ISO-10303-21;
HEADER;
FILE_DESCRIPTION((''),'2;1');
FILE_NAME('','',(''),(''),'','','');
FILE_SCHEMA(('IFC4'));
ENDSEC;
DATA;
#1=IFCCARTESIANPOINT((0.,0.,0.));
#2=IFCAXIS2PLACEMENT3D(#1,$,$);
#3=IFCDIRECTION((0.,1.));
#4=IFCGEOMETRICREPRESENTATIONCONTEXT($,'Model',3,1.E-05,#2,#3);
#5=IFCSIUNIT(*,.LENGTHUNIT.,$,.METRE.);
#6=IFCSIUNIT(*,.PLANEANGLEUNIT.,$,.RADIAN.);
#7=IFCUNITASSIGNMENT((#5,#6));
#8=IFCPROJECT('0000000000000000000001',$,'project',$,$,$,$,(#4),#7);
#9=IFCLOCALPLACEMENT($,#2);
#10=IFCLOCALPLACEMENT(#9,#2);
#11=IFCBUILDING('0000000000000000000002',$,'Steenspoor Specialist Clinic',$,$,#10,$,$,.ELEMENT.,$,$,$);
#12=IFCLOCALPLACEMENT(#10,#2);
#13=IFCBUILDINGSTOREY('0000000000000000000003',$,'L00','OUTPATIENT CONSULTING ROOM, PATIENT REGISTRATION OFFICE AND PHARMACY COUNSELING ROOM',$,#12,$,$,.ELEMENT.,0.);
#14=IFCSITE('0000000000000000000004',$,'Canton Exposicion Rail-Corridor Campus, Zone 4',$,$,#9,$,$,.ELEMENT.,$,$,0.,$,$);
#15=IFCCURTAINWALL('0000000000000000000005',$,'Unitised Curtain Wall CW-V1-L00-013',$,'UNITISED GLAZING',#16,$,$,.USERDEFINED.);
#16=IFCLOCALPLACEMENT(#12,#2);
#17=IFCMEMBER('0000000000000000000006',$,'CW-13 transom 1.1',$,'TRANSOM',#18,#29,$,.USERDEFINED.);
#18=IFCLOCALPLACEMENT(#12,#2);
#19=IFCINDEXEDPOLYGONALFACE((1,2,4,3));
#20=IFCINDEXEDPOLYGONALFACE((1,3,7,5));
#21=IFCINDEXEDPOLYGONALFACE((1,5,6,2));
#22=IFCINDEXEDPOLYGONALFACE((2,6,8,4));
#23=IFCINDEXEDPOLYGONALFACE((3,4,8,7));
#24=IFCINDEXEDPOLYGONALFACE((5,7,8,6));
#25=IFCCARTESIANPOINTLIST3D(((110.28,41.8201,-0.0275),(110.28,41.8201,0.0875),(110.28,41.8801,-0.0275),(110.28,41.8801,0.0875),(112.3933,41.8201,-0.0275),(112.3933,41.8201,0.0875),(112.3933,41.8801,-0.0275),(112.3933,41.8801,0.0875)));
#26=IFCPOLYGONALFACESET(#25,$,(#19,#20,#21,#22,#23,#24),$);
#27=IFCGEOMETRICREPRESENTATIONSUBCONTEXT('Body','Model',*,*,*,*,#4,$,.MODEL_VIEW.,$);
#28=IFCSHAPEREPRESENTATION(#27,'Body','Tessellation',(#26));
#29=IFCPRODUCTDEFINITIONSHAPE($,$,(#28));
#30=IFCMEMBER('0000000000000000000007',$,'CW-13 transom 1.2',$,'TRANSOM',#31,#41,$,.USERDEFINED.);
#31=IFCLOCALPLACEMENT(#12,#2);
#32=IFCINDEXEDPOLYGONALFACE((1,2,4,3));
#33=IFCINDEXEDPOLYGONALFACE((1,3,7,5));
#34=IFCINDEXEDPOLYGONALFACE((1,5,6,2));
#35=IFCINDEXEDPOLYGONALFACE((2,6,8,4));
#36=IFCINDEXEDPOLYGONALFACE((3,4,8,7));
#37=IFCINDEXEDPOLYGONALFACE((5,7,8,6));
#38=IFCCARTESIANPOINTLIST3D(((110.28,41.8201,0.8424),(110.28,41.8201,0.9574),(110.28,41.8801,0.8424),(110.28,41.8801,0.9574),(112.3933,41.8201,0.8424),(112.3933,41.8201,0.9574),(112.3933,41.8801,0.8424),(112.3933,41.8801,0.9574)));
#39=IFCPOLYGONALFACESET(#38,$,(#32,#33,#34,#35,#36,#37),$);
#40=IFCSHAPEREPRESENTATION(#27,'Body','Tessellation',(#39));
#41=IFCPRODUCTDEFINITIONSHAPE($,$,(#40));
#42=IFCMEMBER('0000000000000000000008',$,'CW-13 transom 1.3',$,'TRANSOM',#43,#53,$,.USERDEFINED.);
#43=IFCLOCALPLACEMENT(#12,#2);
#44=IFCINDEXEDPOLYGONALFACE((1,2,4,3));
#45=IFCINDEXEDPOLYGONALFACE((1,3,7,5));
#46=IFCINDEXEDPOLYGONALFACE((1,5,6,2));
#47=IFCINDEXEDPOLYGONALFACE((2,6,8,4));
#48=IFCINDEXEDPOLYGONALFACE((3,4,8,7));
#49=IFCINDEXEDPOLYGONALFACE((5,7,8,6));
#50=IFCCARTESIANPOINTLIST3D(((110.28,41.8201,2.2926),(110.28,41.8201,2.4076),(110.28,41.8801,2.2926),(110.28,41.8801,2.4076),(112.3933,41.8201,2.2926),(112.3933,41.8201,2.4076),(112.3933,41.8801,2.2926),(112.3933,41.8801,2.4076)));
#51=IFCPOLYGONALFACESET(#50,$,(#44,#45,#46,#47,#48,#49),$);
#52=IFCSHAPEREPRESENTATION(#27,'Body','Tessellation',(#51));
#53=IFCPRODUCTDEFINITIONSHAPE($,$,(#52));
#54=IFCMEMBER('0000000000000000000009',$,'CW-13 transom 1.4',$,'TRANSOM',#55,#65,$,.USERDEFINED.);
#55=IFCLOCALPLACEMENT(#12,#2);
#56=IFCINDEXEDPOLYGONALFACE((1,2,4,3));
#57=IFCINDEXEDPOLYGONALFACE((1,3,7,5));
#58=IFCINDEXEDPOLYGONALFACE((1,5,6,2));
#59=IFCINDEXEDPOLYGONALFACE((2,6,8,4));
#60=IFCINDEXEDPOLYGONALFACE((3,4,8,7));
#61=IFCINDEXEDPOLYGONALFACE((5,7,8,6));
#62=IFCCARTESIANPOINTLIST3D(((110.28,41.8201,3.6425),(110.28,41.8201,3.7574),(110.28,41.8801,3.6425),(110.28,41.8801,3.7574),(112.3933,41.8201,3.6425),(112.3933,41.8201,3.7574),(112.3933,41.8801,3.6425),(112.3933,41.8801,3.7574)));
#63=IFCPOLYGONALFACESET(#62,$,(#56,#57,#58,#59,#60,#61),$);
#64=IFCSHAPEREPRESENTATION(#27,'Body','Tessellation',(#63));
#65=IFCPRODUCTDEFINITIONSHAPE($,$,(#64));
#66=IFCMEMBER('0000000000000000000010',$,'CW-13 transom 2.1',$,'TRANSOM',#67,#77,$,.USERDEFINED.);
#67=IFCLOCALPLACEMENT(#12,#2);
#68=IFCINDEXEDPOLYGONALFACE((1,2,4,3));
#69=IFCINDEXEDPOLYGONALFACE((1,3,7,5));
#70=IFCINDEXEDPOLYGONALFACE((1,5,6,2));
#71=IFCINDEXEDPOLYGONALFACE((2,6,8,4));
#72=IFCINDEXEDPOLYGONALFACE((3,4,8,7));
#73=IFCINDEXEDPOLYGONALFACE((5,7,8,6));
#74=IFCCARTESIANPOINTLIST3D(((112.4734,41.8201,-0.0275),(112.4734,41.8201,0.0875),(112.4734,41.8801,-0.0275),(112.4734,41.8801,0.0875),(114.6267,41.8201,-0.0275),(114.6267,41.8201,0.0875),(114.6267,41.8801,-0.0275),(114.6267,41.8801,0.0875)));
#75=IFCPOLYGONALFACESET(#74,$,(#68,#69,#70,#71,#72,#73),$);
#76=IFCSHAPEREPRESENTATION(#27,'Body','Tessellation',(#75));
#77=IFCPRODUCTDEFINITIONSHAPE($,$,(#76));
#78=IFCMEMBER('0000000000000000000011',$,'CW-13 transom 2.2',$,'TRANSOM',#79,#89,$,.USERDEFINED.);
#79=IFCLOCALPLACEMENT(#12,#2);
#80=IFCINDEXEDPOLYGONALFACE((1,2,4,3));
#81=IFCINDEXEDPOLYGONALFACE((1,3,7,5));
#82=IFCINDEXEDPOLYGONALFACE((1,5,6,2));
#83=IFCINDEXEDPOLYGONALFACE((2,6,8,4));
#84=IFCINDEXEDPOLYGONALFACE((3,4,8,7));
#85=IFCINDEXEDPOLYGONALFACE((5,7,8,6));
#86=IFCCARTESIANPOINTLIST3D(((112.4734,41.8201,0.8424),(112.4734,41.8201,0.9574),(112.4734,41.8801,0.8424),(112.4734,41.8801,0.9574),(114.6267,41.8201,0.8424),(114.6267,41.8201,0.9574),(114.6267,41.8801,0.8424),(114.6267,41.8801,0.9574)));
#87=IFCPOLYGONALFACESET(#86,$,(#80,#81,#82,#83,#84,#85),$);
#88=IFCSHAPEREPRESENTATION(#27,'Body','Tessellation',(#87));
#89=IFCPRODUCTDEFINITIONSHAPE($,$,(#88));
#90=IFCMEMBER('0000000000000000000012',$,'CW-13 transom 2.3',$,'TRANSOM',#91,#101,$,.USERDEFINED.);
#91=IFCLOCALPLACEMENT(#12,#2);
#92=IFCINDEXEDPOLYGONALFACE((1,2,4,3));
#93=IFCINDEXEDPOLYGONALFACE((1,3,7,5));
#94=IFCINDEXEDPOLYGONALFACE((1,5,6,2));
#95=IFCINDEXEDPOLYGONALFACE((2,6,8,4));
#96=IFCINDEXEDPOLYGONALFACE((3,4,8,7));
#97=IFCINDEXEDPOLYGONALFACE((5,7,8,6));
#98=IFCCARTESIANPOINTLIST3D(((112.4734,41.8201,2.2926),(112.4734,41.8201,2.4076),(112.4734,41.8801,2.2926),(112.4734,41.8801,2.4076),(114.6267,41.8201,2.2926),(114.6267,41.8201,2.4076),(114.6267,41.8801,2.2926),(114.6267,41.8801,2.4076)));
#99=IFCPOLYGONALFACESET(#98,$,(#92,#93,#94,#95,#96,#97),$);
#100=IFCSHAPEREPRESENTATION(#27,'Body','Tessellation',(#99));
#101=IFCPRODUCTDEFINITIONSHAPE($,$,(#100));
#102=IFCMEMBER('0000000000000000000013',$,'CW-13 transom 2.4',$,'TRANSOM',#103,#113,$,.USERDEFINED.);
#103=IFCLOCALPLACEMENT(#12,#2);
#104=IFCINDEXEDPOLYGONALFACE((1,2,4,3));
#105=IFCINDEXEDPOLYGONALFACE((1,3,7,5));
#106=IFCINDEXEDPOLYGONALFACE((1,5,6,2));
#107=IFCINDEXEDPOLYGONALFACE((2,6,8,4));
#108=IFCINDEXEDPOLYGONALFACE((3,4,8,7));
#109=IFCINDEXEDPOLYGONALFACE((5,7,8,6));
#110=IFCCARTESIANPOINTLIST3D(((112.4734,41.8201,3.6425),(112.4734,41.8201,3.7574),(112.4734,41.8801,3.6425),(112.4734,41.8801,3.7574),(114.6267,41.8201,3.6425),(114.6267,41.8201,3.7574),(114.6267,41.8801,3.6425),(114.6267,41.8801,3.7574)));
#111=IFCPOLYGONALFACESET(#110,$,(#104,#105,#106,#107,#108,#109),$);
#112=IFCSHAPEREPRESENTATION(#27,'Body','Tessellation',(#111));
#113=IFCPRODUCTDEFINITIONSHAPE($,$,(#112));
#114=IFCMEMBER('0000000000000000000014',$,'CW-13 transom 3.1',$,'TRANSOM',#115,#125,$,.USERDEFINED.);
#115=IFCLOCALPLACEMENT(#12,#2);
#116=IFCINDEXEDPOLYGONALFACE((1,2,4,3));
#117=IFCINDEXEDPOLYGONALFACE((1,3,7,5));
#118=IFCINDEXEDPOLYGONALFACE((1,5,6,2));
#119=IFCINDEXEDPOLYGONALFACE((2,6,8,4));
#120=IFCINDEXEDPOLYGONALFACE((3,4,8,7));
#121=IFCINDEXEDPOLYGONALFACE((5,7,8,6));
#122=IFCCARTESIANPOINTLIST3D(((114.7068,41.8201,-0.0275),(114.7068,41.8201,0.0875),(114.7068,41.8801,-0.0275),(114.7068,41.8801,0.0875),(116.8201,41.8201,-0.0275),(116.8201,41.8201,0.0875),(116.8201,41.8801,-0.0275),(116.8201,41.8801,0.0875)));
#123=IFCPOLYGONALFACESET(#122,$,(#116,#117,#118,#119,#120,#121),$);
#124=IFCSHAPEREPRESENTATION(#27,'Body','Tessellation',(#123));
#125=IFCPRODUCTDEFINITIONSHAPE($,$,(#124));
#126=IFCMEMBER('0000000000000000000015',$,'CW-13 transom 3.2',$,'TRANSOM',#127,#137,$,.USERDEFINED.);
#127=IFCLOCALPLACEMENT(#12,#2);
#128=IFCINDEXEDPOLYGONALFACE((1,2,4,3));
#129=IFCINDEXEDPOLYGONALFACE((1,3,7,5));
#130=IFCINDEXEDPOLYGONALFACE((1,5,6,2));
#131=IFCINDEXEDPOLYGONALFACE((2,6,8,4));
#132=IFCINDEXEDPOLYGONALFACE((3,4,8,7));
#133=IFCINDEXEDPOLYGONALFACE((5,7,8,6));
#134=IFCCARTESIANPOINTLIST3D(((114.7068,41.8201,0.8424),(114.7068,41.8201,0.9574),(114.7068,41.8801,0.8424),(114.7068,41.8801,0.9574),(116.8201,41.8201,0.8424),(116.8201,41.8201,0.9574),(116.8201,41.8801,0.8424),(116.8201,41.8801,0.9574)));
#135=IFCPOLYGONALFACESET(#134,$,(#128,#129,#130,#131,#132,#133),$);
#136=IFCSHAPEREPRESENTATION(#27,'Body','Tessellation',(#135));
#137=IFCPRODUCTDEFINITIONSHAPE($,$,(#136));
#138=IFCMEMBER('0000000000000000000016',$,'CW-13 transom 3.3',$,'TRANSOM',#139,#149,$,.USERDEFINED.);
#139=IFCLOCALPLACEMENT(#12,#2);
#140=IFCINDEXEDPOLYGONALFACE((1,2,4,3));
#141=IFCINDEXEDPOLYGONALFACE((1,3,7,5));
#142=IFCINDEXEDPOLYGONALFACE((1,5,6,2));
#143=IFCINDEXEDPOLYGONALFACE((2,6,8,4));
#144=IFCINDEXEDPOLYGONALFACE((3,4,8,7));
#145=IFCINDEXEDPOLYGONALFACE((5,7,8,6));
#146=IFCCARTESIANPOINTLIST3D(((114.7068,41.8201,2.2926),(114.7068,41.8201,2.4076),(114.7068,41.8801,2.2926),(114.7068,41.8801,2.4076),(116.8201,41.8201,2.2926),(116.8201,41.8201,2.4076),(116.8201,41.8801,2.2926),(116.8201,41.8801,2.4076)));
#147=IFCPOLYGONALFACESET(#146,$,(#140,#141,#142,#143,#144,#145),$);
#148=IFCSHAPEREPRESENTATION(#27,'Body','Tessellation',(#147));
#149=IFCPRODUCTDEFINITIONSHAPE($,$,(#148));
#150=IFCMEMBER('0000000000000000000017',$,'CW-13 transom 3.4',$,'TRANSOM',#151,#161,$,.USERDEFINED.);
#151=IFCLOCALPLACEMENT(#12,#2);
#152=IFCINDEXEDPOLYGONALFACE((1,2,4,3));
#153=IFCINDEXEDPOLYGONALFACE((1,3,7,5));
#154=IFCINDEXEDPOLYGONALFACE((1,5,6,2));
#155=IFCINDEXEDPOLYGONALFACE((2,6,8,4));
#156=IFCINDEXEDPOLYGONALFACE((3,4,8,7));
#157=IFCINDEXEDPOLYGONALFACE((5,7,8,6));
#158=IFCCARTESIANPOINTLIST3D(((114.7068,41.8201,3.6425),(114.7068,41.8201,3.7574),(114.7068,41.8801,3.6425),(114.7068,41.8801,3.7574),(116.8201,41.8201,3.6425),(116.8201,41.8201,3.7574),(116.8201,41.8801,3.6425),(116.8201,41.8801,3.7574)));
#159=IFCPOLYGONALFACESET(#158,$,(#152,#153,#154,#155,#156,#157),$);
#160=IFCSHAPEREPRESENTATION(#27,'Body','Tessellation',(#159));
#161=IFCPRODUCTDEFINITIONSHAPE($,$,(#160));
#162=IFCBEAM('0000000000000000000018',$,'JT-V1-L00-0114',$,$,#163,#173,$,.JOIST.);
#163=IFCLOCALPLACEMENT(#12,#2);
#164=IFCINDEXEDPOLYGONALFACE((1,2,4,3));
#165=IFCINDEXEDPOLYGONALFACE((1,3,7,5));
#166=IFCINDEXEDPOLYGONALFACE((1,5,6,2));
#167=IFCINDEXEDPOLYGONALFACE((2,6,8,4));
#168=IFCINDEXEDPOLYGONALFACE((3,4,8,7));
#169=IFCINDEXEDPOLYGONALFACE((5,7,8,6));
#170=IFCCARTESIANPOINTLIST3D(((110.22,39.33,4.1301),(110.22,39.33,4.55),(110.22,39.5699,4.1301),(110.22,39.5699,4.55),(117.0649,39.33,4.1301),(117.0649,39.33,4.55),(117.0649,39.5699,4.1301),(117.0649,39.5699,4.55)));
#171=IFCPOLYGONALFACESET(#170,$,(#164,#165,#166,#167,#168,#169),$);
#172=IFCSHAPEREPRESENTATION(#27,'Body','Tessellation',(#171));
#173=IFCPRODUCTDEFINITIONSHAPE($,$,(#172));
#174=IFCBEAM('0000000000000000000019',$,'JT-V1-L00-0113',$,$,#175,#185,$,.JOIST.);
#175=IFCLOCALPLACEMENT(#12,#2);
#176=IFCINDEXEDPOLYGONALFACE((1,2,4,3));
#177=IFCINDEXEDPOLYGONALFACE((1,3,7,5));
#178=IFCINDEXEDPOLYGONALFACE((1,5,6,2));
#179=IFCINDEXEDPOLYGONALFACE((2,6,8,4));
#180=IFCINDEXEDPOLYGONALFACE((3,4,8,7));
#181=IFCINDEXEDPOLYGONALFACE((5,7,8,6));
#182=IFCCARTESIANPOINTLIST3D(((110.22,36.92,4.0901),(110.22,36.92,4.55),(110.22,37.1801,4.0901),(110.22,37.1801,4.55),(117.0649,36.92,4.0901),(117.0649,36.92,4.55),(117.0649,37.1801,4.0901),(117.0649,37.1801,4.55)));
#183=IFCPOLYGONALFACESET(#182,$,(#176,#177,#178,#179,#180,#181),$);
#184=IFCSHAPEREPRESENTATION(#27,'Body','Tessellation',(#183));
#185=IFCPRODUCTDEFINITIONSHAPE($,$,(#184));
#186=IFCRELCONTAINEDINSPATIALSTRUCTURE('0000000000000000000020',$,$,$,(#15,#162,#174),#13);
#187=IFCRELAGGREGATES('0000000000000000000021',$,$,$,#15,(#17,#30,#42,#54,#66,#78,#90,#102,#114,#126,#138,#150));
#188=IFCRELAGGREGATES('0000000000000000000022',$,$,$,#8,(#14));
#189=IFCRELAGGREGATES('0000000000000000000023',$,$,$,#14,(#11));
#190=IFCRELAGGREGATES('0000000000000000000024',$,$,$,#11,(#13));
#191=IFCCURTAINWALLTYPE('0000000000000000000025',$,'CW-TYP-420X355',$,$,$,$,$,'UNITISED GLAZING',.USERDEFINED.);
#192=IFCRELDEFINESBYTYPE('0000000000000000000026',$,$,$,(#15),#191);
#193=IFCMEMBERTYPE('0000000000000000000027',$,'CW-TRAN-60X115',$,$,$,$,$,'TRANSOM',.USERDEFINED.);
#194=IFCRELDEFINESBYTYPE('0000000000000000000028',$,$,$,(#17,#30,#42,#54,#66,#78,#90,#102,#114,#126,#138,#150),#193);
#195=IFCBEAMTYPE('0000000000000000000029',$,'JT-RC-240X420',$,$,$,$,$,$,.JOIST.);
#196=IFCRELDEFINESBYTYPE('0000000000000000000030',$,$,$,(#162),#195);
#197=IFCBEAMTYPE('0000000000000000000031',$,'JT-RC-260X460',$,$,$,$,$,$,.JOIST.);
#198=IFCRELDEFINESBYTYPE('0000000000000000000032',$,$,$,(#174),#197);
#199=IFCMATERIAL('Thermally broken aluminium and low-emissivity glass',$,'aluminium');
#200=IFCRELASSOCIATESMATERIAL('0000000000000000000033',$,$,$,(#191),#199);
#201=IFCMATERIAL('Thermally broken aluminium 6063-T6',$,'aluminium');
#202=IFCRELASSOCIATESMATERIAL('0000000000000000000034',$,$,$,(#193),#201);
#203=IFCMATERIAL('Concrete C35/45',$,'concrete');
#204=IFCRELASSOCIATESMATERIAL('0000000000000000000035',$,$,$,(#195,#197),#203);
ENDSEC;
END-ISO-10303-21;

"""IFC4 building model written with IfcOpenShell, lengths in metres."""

from ifc_helpers import new_model, si_unit, direction, frame, origin, origin_2d, place, context, subcontext, project, spatial, rectangle, extrude, material, material_profile, profile_set, type_object, element, aggregate, save


model = new_model("IFC4")

# Units and contexts
model_context = context("Model", 3, precision=1e-05, world=origin(), true_north=direction((0.0, 1.0)))
body_context = subcontext(model_context, "Body", "Model", "MODEL_VIEW")
ifc_project = project(units=[si_unit("LENGTHUNIT", "METRE"), si_unit("PLANEANGLEUNIT", "RADIAN")], contexts=[model_context])

# Site, building, storey
site_placement = place(None, origin())
site = spatial("IfcSite", under=ifc_project, at=site_placement, Name="Canton Exposicion Rail-Corridor Campus, Zone 4", CompositionType="ELEMENT", RefElevation=0.0)
building_placement = place(site_placement, origin())
building = spatial("IfcBuilding", under=site, at=building_placement, Name="Steenspoor Specialist Clinic", CompositionType="ELEMENT")
storey_placement = place(building_placement, origin())
storey = spatial("IfcBuildingStorey", under=building, at=storey_placement, Name="L00", Description="OUTPATIENT CONSULTING ROOM, PATIENT REGISTRATION OFFICE AND PHARMACY COUNSELING ROOM", CompositionType="ELEMENT", Elevation=0.0)

# Shared definitions
ifc_material_1 = material(Name="Concrete C35/45", Category="concrete")

# Curtain wall, members
ifc_material_2 = material(Name="Thermally broken aluminium and low-emissivity glass", Category="aluminium")
curtain_wall_type = type_object("IfcCurtainWallType", Name="CW-TYP-420X355", ElementType="UNITISED GLAZING", PredefinedType="USERDEFINED", material=ifc_material_2)
curtain_wall_placement = place(storey_placement, origin())
curtain_wall = element("IfcCurtainWall", 1, at=curtain_wall_placement, inside=storey, type_object=curtain_wall_type, Name="Unitised Curtain Wall CW-V1-L00-013", ObjectType="UNITISED GLAZING", PredefinedType="USERDEFINED")
ifc_material_3 = material(Name="Thermally broken aluminium 6063-T6", Category="aluminium")
ifc_material_profile_1 = material_profile(ifc_material_3, rectangle(XDim=0.0601, YDim=0.115, at=origin_2d()), Name="CWT-60X115")
ifc_profile_set_1 = profile_set([ifc_material_profile_1], Name="Thermally broken aluminium 6063-T6")
member_type_1 = type_object("IfcMemberType", Name="CW-TRAN-60X115", ElementType="TRANSOM", PredefinedType="USERDEFINED", material=ifc_profile_set_1)
member_1_placement = place(storey_placement, frame((110.28, 41.8501, 0.03), z_axis=(1.0, 0.0, 0.0), x_axis=(0.0, 1.0, 0.0)))
member_1 = element("IfcMember", 2, at=member_1_placement, type_object=member_type_1, Name="CW-13 transom 1.1", ObjectType="TRANSOM", PredefinedType="USERDEFINED", context=body_context, shape_type="SweptSolid", body=[
    extrude(rectangle(XDim=0.0601, YDim=0.115, at=origin_2d()), origin(), (0.0, 0.0, 1.0), 2.1133),
])
member_2_placement = place(storey_placement, frame((110.28, 41.8501, 0.8999), z_axis=(1.0, 0.0, 0.0), x_axis=(0.0, 1.0, 0.0)))
member_2 = element("IfcMember", 3, at=member_2_placement, type_object=member_type_1, Name="CW-13 transom 1.2", ObjectType="TRANSOM", PredefinedType="USERDEFINED", context=body_context, shape_type="SweptSolid", body=[
    extrude(rectangle(XDim=0.0601, YDim=0.115, at=origin_2d()), origin(), (0.0, 0.0, 1.0), 2.1133),
])
member_3_placement = place(storey_placement, frame((110.28, 41.8501, 2.3501), z_axis=(1.0, 0.0, 0.0), x_axis=(0.0, 1.0, 0.0)))
member_3 = element("IfcMember", 4, at=member_3_placement, type_object=member_type_1, Name="CW-13 transom 1.3", ObjectType="TRANSOM", PredefinedType="USERDEFINED", context=body_context, shape_type="SweptSolid", body=[
    extrude(rectangle(XDim=0.0601, YDim=0.115, at=origin_2d()), origin(), (0.0, 0.0, 1.0), 2.1133),
])
member_4_placement = place(storey_placement, frame((110.28, 41.8501, 3.7), z_axis=(1.0, 0.0, 0.0), x_axis=(0.0, 1.0, 0.0)))
member_4 = element("IfcMember", 5, at=member_4_placement, type_object=member_type_1, Name="CW-13 transom 1.4", ObjectType="TRANSOM", PredefinedType="USERDEFINED", context=body_context, shape_type="SweptSolid", body=[
    extrude(rectangle(XDim=0.0601, YDim=0.115, at=origin_2d()), origin(), (0.0, 0.0, 1.0), 2.1133),
])
member_5_placement = place(storey_placement, frame((112.4734, 41.8501, 0.03), z_axis=(1.0, 0.0, 0.0), x_axis=(0.0, 1.0, 0.0)))
member_5 = element("IfcMember", 6, at=member_5_placement, type_object=member_type_1, Name="CW-13 transom 2.1", ObjectType="TRANSOM", PredefinedType="USERDEFINED", context=body_context, shape_type="SweptSolid", body=[
    extrude(rectangle(XDim=0.0601, YDim=0.115, at=origin_2d()), origin(), (0.0, 0.0, 1.0), 2.1533),
])
member_6_placement = place(storey_placement, frame((112.4734, 41.8501, 0.8999), z_axis=(1.0, 0.0, 0.0), x_axis=(0.0, 1.0, 0.0)))
member_6 = element("IfcMember", 7, at=member_6_placement, type_object=member_type_1, Name="CW-13 transom 2.2", ObjectType="TRANSOM", PredefinedType="USERDEFINED", context=body_context, shape_type="SweptSolid", body=[
    extrude(rectangle(XDim=0.0601, YDim=0.115, at=origin_2d()), origin(), (0.0, 0.0, 1.0), 2.1533),
])
member_7_placement = place(storey_placement, frame((112.4734, 41.8501, 2.3501), z_axis=(1.0, 0.0, 0.0), x_axis=(0.0, 1.0, 0.0)))
member_7 = element("IfcMember", 8, at=member_7_placement, type_object=member_type_1, Name="CW-13 transom 2.3", ObjectType="TRANSOM", PredefinedType="USERDEFINED", context=body_context, shape_type="SweptSolid", body=[
    extrude(rectangle(XDim=0.0601, YDim=0.115, at=origin_2d()), origin(), (0.0, 0.0, 1.0), 2.1533),
])
member_8_placement = place(storey_placement, frame((112.4734, 41.8501, 3.7), z_axis=(1.0, 0.0, 0.0), x_axis=(0.0, 1.0, 0.0)))
member_8 = element("IfcMember", 9, at=member_8_placement, type_object=member_type_1, Name="CW-13 transom 2.4", ObjectType="TRANSOM", PredefinedType="USERDEFINED", context=body_context, shape_type="SweptSolid", body=[
    extrude(rectangle(XDim=0.0601, YDim=0.115, at=origin_2d()), origin(), (0.0, 0.0, 1.0), 2.1533),
])
member_9_placement = place(storey_placement, frame((114.7068, 41.8501, 0.03), z_axis=(1.0, 0.0, 0.0), x_axis=(0.0, 1.0, 0.0)))
member_9 = element("IfcMember", 10, at=member_9_placement, type_object=member_type_1, Name="CW-13 transom 3.1", ObjectType="TRANSOM", PredefinedType="USERDEFINED", context=body_context, shape_type="SweptSolid", body=[
    extrude(rectangle(XDim=0.0601, YDim=0.115, at=origin_2d()), origin(), (0.0, 0.0, 1.0), 2.1133),
])
member_10_placement = place(storey_placement, frame((114.7068, 41.8501, 0.8999), z_axis=(1.0, 0.0, 0.0), x_axis=(0.0, 1.0, 0.0)))
member_10 = element("IfcMember", 11, at=member_10_placement, type_object=member_type_1, Name="CW-13 transom 3.2", ObjectType="TRANSOM", PredefinedType="USERDEFINED", context=body_context, shape_type="SweptSolid", body=[
    extrude(rectangle(XDim=0.0601, YDim=0.115, at=origin_2d()), origin(), (0.0, 0.0, 1.0), 2.1133),
])
member_11_placement = place(storey_placement, frame((114.7068, 41.8501, 2.3501), z_axis=(1.0, 0.0, 0.0), x_axis=(0.0, 1.0, 0.0)))
member_11 = element("IfcMember", 12, at=member_11_placement, type_object=member_type_1, Name="CW-13 transom 3.3", ObjectType="TRANSOM", PredefinedType="USERDEFINED", context=body_context, shape_type="SweptSolid", body=[
    extrude(rectangle(XDim=0.0601, YDim=0.115, at=origin_2d()), origin(), (0.0, 0.0, 1.0), 2.1133),
])
member_12_placement = place(storey_placement, frame((114.7068, 41.8501, 3.7), z_axis=(1.0, 0.0, 0.0), x_axis=(0.0, 1.0, 0.0)))
member_12 = element("IfcMember", 13, at=member_12_placement, type_object=member_type_1, Name="CW-13 transom 3.4", ObjectType="TRANSOM", PredefinedType="USERDEFINED", context=body_context, shape_type="SweptSolid", body=[
    extrude(rectangle(XDim=0.0601, YDim=0.115, at=origin_2d()), origin(), (0.0, 0.0, 1.0), 2.1133),
])

# Beams
ifc_material_profile_2 = material_profile(ifc_material_1, rectangle(XDim=0.24, YDim=0.4199, at=origin_2d()), Name="RC-JT-240X420")
ifc_profile_set_2 = profile_set([ifc_material_profile_2], Name="Concrete C35/45")
beam_type_1 = type_object("IfcBeamType", Name="JT-RC-240X420", PredefinedType="JOIST", material=ifc_profile_set_2)
beam_1_placement = place(storey_placement, frame((110.22, 39.45, 4.3401), z_axis=(1.0, 0.0, 0.0), x_axis=(0.0, 1.0, 0.0)))
element("IfcBeam", 14, at=beam_1_placement, inside=storey, type_object=beam_type_1, Name="JT-V1-L00-0114", PredefinedType="JOIST", context=body_context, shape_type="SweptSolid", body=[
    extrude(rectangle(XDim=0.24, YDim=0.4199, at=origin_2d()), origin(), (0.0, 0.0, 1.0), 6.845),
])
ifc_material_profile_3 = material_profile(ifc_material_1, rectangle(XDim=0.26, YDim=0.46, at=origin_2d()), Name="RC-JT-260X460")
ifc_profile_set_3 = profile_set([ifc_material_profile_3], Name="Concrete C35/45")
beam_type_2 = type_object("IfcBeamType", Name="JT-RC-260X460", PredefinedType="JOIST", material=ifc_profile_set_3)
beam_2_placement = place(storey_placement, frame((110.22, 37.05, 4.3201), z_axis=(1.0, 0.0, 0.0), x_axis=(0.0, 1.0, 0.0)))
element("IfcBeam", 15, at=beam_2_placement, inside=storey, type_object=beam_type_2, Name="JT-V1-L00-0113", PredefinedType="JOIST", context=body_context, shape_type="SweptSolid", body=[
    extrude(rectangle(XDim=0.26, YDim=0.46, at=origin_2d()), origin(), (0.0, 0.0, 1.0), 6.845),
])

aggregate(curtain_wall, [member_1, member_2, member_3, member_4, member_5, member_6, member_7, member_8, member_9, member_10, member_11, member_12])

save(model, "model.ifc")
